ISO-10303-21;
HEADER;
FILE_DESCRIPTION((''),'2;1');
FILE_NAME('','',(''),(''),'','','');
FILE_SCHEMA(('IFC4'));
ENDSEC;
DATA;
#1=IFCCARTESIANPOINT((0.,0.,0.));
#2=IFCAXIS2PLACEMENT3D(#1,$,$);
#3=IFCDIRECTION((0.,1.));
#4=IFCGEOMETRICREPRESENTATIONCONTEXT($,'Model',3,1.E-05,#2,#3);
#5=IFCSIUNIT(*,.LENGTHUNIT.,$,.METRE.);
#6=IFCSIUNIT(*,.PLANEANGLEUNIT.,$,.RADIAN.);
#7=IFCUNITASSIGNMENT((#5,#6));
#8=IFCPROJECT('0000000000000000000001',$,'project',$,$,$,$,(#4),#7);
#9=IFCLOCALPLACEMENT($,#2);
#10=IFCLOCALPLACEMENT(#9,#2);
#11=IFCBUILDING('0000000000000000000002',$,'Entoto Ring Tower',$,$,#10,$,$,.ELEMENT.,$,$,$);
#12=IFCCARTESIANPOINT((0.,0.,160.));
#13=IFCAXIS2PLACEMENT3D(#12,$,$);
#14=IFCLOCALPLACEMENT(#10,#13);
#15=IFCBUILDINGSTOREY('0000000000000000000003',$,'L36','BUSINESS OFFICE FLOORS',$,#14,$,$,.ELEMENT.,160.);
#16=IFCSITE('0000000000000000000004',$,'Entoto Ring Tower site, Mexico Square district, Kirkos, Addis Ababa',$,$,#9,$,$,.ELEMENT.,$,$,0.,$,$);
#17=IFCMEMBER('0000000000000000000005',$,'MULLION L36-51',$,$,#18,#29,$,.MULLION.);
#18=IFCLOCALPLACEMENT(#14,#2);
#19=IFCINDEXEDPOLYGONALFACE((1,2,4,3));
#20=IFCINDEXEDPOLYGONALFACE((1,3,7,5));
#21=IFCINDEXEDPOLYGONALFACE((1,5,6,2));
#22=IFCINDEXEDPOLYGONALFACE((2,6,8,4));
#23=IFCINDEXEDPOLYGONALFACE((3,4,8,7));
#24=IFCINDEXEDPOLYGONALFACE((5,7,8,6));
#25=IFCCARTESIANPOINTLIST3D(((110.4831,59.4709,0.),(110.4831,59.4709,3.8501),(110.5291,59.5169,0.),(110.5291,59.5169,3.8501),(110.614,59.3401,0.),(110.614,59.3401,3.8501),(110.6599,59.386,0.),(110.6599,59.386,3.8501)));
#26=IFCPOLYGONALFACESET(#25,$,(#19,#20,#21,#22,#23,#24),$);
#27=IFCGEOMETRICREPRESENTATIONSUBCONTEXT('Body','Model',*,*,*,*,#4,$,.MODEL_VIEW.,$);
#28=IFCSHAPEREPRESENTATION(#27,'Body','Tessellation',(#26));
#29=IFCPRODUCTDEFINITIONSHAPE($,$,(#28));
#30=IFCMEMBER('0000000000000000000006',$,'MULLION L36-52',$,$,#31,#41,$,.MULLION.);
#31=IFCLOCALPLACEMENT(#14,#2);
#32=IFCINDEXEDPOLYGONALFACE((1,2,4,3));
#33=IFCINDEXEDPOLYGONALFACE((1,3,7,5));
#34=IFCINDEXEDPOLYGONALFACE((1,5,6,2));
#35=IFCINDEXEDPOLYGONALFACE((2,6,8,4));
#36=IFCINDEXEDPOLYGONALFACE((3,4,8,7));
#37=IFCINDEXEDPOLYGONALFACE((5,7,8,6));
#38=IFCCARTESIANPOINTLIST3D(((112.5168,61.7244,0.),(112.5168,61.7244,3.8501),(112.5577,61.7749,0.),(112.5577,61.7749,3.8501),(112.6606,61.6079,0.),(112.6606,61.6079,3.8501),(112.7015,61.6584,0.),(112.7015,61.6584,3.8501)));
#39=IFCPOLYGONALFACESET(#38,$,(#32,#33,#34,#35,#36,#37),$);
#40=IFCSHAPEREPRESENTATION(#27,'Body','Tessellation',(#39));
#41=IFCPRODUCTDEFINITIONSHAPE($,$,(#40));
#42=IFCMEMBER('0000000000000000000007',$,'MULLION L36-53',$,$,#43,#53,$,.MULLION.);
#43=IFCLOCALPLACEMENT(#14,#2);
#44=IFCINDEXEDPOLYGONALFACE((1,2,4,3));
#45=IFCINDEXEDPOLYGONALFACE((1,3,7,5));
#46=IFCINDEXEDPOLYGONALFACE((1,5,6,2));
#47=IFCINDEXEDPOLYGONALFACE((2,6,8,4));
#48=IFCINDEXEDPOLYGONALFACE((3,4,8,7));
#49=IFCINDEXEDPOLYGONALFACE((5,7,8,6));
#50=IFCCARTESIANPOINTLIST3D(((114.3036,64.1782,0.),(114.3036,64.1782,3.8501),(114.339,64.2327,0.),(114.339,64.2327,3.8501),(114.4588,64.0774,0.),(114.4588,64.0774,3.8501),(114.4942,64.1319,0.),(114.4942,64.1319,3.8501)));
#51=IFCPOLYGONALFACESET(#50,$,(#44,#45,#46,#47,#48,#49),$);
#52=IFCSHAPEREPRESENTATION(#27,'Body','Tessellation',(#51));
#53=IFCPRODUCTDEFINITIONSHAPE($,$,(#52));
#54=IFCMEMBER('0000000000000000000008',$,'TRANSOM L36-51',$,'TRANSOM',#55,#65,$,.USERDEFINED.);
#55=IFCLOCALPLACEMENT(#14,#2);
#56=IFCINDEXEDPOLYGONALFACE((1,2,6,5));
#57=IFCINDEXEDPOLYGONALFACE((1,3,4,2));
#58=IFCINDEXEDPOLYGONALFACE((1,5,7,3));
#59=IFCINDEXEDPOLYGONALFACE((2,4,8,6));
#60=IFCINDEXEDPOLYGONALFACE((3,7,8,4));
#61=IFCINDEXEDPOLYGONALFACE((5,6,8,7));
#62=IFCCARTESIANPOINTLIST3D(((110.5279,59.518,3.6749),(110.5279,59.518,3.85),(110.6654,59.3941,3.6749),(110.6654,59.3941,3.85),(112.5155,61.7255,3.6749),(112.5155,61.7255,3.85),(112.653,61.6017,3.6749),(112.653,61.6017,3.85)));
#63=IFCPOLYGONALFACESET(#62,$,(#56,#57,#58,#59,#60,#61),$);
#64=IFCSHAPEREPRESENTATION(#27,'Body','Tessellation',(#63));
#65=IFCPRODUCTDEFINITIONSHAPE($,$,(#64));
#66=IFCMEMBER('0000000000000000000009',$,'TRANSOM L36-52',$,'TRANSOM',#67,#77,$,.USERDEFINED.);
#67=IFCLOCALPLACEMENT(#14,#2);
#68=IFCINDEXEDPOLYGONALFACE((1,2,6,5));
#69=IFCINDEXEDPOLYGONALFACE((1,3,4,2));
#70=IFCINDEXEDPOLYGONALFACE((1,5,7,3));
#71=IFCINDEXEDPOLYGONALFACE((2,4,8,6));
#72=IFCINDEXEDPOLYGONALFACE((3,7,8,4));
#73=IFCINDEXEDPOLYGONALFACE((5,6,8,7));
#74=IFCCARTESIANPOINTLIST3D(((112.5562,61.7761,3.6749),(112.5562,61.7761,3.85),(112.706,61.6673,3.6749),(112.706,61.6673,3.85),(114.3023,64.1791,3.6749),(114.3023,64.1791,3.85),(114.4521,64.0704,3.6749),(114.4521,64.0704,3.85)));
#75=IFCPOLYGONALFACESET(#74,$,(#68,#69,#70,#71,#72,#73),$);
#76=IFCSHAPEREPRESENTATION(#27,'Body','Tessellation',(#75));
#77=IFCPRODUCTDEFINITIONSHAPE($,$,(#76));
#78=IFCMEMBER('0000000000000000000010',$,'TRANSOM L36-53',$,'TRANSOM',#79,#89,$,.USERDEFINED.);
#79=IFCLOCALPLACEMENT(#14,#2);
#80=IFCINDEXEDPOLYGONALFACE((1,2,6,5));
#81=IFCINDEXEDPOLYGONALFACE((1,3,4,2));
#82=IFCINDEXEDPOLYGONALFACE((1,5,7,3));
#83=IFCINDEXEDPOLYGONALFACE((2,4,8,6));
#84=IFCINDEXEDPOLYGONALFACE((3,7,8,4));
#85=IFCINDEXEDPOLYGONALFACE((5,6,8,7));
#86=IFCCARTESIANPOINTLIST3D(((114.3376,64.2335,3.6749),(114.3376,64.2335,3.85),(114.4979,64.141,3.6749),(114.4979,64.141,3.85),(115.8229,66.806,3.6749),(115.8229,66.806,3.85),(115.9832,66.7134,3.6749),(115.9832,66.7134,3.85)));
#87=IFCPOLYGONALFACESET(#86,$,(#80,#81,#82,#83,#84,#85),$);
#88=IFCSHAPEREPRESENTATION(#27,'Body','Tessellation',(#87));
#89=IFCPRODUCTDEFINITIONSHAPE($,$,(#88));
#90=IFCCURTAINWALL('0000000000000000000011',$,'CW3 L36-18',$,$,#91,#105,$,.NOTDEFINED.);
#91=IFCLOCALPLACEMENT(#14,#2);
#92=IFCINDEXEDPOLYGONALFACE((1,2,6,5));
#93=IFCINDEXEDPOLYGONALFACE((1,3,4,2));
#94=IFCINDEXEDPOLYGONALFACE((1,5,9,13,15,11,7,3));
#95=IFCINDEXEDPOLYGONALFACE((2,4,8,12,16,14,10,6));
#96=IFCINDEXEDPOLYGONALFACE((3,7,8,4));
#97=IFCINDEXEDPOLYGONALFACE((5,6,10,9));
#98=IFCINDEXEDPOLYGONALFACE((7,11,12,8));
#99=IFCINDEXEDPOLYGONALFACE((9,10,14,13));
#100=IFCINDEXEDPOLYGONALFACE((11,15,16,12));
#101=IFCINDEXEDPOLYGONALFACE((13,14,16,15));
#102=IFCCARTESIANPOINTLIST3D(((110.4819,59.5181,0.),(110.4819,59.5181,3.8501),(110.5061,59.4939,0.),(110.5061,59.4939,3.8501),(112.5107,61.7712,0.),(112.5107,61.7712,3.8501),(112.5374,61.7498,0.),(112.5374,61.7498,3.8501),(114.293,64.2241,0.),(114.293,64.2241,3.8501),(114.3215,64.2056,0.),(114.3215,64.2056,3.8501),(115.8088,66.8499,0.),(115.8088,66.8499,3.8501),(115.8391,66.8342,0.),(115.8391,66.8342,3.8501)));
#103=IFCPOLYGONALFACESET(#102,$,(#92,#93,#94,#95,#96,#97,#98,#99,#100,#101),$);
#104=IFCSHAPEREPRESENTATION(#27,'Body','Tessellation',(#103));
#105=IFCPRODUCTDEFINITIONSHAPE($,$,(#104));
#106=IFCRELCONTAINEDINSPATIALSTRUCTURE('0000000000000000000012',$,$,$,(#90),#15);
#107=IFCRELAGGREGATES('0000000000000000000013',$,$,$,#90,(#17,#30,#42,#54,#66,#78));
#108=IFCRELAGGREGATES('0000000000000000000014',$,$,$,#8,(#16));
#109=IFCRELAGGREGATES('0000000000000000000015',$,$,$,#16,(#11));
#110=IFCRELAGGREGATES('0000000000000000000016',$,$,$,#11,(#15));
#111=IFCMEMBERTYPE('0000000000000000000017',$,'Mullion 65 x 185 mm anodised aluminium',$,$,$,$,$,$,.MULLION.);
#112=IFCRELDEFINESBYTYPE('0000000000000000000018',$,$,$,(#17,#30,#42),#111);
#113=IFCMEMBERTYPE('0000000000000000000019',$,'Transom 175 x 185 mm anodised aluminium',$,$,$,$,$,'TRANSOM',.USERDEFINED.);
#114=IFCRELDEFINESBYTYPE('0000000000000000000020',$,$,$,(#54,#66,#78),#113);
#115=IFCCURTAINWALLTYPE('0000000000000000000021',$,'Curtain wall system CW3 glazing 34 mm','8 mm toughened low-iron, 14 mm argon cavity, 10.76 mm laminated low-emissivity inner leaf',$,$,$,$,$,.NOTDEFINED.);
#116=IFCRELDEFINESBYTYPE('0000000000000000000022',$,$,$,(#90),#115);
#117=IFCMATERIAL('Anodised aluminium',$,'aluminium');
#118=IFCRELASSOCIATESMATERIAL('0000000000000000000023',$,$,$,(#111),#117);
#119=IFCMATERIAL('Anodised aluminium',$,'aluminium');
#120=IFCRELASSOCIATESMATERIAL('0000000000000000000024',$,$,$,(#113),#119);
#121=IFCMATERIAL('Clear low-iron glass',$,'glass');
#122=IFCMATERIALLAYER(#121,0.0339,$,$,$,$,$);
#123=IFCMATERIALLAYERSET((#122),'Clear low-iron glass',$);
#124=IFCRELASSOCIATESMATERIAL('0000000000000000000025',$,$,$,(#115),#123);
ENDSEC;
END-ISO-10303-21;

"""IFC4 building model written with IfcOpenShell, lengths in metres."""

from ifc_helpers import new_model, si_unit, direction, frame, origin, origin_2d, place, context, subcontext, project, spatial, polyline, rectangle, outline, extrude, material, layer, layer_set, material_profile, profile_set, type_object, element, aggregate, save


model = new_model("IFC4")

# Units and contexts
model_context = context("Model", 3, precision=1e-05, world=origin(), true_north=direction((0.0, 1.0)))
body_context = subcontext(model_context, "Body", "Model", "MODEL_VIEW")
ifc_project = project(units=[si_unit("LENGTHUNIT", "METRE"), si_unit("PLANEANGLEUNIT", "RADIAN")], contexts=[model_context])

# Members
ifc_material_1 = material(Name="Anodised aluminium", Category="aluminium")
ifc_material_profile_1 = material_profile(ifc_material_1, rectangle(XDim=0.0649, YDim=0.1851, at=origin_2d()), Name="Mullion 65 x 185 mm anodised aluminium")
ifc_profile_set_1 = profile_set([ifc_material_profile_1], Name="Anodised aluminium")
member_type_1 = type_object("IfcMemberType", Name="Mullion 65 x 185 mm anodised aluminium", PredefinedType="MULLION", material=ifc_profile_set_1)
site_placement = place(None, origin())
building_placement = place(site_placement, origin())
storey_placement = place(building_placement, frame((0.0, 0.0, 160.0)))
member_1_placement = place(storey_placement, frame((110.5715, 59.4285, 0.0), z_axis=(0.0, 0.0, 1.0), x_axis=(0.707107, 0.707107, 0.0)))
member_1 = element("IfcMember", 1, at=member_1_placement, type_object=member_type_1, Name="MULLION L36-51", PredefinedType="MULLION", context=body_context, shape_type="SweptSolid", body=[
    extrude(rectangle(XDim=0.0649, YDim=0.1851, at=origin_2d()), origin(), (0.0, 0.0, 1.0), 3.8501),
])
member_2_placement = place(storey_placement, frame((112.6091, 61.6914, 0.0), z_axis=(0.0, 0.0, 1.0), x_axis=(0.62932, 0.777146, 0.0)))
member_2 = element("IfcMember", 2, at=member_2_placement, type_object=member_type_1, Name="MULLION L36-52", PredefinedType="MULLION", context=body_context, shape_type="SweptSolid", body=[
    extrude(rectangle(XDim=0.0649, YDim=0.1851, at=origin_2d()), origin(), (0.0, 0.0, 1.0), 3.8501),
])
member_3_placement = place(storey_placement, frame((114.3989, 64.155, 0.0), z_axis=(0.0, 0.0, 1.0), x_axis=(0.544639, 0.838671, 0.0)))
member_3 = element("IfcMember", 3, at=member_3_placement, type_object=member_type_1, Name="MULLION L36-53", PredefinedType="MULLION", context=body_context, shape_type="SweptSolid", body=[
    extrude(rectangle(XDim=0.0649, YDim=0.1851, at=origin_2d()), origin(), (0.0, 0.0, 1.0), 3.8501),
])
ifc_material_2 = material(Name="Anodised aluminium", Category="aluminium")
ifc_material_profile_2 = material_profile(ifc_material_2, rectangle(XDim=0.1851, YDim=0.175, at=origin_2d()), Name="Transom 175 x 185 mm anodised aluminium")
ifc_profile_set_2 = profile_set([ifc_material_profile_2], Name="Anodised aluminium")
member_type_2 = type_object("IfcMemberType", Name="Transom 175 x 185 mm anodised aluminium", ElementType="TRANSOM", PredefinedType="USERDEFINED", material=ifc_profile_set_2)
member_4_placement = place(storey_placement, frame((110.5967, 59.4561, 3.7625), z_axis=(0.66911, 0.743163, 0.0), x_axis=(-0.743163, 0.66911, 0.0)))
member_4 = element("IfcMember", 4, at=member_4_placement, type_object=member_type_2, Name="TRANSOM L36-51", ObjectType="TRANSOM", PredefinedType="USERDEFINED", context=body_context, shape_type="SweptSolid", body=[
    extrude(rectangle(XDim=0.1851, YDim=0.175, at=origin_2d()), origin(), (0.0, 0.0, 1.0), 2.9705),
])
member_5_placement = place(storey_placement, frame((112.6311, 61.7217, 3.7625), z_axis=(0.58782, 0.808992, 0.0), x_axis=(-0.808992, 0.58782, 0.0)))
member_5 = element("IfcMember", 5, at=member_5_placement, type_object=member_type_2, Name="TRANSOM L36-52", ObjectType="TRANSOM", PredefinedType="USERDEFINED", context=body_context, shape_type="SweptSolid", body=[
    extrude(rectangle(XDim=0.1851, YDim=0.175, at=origin_2d()), origin(), (0.0, 0.0, 1.0), 2.9705),
])
member_6_placement = place(storey_placement, frame((114.4177, 64.1873, 3.7625), z_axis=(0.500028, 0.866009, 0.0), x_axis=(-0.866009, 0.500028, 0.0)))
member_6 = element("IfcMember", 6, at=member_6_placement, type_object=member_type_2, Name="TRANSOM L36-53", ObjectType="TRANSOM", PredefinedType="USERDEFINED", context=body_context, shape_type="SweptSolid", body=[
    extrude(rectangle(XDim=0.1851, YDim=0.175, at=origin_2d()), origin(), (0.0, 0.0, 1.0), 2.9705),
])

# Site, building, storey
site = spatial("IfcSite", under=ifc_project, at=site_placement, Name="Entoto Ring Tower site, Mexico Square district, Kirkos, Addis Ababa", CompositionType="ELEMENT", RefElevation=0.0)
building = spatial("IfcBuilding", under=site, at=building_placement, Name="Entoto Ring Tower", CompositionType="ELEMENT")
storey = spatial("IfcBuildingStorey", under=building, at=storey_placement, Name="L36", Description="BUSINESS OFFICE FLOORS", CompositionType="ELEMENT", Elevation=160.0)

# Curtain wall
ifc_material_3 = material(Name="Clear low-iron glass", Category="glass")
ifc_layer = layer(ifc_material_3, 0.0339)
ifc_layer_set = layer_set([ifc_layer], Name="Clear low-iron glass")
curtain_wall_type = type_object("IfcCurtainWallType", Name="Curtain wall system CW3 glazing 34 mm", Description="8 mm toughened low-iron, 14 mm argon cavity, 10.76 mm laminated low-emissivity inner leaf", PredefinedType="NOTDEFINED", material=ifc_layer_set)
curtain_wall_1_placement = place(storey_placement, origin())
curtain_wall_1 = element("IfcCurtainWall", 7, at=curtain_wall_1_placement, inside=storey, type_object=curtain_wall_type, Name="CW3 L36-18", PredefinedType="NOTDEFINED", context=body_context, shape_type="SweptSolid", body=[
    extrude(outline(polyline([(110.5061, 59.4939), (112.5374, 61.7498), (114.3215, 64.2056), (115.8391, 66.8342), (115.8088, 66.8499), (114.293, 64.2241), (112.5107, 61.7712), (110.4819, 59.5181), (110.5061, 59.4939)])), origin(), (0.0, 0.0, 1.0), 3.8501),
])
aggregate(curtain_wall_1, [member_1, member_2, member_3, member_4, member_5, member_6])

save(model, "model.ifc")
